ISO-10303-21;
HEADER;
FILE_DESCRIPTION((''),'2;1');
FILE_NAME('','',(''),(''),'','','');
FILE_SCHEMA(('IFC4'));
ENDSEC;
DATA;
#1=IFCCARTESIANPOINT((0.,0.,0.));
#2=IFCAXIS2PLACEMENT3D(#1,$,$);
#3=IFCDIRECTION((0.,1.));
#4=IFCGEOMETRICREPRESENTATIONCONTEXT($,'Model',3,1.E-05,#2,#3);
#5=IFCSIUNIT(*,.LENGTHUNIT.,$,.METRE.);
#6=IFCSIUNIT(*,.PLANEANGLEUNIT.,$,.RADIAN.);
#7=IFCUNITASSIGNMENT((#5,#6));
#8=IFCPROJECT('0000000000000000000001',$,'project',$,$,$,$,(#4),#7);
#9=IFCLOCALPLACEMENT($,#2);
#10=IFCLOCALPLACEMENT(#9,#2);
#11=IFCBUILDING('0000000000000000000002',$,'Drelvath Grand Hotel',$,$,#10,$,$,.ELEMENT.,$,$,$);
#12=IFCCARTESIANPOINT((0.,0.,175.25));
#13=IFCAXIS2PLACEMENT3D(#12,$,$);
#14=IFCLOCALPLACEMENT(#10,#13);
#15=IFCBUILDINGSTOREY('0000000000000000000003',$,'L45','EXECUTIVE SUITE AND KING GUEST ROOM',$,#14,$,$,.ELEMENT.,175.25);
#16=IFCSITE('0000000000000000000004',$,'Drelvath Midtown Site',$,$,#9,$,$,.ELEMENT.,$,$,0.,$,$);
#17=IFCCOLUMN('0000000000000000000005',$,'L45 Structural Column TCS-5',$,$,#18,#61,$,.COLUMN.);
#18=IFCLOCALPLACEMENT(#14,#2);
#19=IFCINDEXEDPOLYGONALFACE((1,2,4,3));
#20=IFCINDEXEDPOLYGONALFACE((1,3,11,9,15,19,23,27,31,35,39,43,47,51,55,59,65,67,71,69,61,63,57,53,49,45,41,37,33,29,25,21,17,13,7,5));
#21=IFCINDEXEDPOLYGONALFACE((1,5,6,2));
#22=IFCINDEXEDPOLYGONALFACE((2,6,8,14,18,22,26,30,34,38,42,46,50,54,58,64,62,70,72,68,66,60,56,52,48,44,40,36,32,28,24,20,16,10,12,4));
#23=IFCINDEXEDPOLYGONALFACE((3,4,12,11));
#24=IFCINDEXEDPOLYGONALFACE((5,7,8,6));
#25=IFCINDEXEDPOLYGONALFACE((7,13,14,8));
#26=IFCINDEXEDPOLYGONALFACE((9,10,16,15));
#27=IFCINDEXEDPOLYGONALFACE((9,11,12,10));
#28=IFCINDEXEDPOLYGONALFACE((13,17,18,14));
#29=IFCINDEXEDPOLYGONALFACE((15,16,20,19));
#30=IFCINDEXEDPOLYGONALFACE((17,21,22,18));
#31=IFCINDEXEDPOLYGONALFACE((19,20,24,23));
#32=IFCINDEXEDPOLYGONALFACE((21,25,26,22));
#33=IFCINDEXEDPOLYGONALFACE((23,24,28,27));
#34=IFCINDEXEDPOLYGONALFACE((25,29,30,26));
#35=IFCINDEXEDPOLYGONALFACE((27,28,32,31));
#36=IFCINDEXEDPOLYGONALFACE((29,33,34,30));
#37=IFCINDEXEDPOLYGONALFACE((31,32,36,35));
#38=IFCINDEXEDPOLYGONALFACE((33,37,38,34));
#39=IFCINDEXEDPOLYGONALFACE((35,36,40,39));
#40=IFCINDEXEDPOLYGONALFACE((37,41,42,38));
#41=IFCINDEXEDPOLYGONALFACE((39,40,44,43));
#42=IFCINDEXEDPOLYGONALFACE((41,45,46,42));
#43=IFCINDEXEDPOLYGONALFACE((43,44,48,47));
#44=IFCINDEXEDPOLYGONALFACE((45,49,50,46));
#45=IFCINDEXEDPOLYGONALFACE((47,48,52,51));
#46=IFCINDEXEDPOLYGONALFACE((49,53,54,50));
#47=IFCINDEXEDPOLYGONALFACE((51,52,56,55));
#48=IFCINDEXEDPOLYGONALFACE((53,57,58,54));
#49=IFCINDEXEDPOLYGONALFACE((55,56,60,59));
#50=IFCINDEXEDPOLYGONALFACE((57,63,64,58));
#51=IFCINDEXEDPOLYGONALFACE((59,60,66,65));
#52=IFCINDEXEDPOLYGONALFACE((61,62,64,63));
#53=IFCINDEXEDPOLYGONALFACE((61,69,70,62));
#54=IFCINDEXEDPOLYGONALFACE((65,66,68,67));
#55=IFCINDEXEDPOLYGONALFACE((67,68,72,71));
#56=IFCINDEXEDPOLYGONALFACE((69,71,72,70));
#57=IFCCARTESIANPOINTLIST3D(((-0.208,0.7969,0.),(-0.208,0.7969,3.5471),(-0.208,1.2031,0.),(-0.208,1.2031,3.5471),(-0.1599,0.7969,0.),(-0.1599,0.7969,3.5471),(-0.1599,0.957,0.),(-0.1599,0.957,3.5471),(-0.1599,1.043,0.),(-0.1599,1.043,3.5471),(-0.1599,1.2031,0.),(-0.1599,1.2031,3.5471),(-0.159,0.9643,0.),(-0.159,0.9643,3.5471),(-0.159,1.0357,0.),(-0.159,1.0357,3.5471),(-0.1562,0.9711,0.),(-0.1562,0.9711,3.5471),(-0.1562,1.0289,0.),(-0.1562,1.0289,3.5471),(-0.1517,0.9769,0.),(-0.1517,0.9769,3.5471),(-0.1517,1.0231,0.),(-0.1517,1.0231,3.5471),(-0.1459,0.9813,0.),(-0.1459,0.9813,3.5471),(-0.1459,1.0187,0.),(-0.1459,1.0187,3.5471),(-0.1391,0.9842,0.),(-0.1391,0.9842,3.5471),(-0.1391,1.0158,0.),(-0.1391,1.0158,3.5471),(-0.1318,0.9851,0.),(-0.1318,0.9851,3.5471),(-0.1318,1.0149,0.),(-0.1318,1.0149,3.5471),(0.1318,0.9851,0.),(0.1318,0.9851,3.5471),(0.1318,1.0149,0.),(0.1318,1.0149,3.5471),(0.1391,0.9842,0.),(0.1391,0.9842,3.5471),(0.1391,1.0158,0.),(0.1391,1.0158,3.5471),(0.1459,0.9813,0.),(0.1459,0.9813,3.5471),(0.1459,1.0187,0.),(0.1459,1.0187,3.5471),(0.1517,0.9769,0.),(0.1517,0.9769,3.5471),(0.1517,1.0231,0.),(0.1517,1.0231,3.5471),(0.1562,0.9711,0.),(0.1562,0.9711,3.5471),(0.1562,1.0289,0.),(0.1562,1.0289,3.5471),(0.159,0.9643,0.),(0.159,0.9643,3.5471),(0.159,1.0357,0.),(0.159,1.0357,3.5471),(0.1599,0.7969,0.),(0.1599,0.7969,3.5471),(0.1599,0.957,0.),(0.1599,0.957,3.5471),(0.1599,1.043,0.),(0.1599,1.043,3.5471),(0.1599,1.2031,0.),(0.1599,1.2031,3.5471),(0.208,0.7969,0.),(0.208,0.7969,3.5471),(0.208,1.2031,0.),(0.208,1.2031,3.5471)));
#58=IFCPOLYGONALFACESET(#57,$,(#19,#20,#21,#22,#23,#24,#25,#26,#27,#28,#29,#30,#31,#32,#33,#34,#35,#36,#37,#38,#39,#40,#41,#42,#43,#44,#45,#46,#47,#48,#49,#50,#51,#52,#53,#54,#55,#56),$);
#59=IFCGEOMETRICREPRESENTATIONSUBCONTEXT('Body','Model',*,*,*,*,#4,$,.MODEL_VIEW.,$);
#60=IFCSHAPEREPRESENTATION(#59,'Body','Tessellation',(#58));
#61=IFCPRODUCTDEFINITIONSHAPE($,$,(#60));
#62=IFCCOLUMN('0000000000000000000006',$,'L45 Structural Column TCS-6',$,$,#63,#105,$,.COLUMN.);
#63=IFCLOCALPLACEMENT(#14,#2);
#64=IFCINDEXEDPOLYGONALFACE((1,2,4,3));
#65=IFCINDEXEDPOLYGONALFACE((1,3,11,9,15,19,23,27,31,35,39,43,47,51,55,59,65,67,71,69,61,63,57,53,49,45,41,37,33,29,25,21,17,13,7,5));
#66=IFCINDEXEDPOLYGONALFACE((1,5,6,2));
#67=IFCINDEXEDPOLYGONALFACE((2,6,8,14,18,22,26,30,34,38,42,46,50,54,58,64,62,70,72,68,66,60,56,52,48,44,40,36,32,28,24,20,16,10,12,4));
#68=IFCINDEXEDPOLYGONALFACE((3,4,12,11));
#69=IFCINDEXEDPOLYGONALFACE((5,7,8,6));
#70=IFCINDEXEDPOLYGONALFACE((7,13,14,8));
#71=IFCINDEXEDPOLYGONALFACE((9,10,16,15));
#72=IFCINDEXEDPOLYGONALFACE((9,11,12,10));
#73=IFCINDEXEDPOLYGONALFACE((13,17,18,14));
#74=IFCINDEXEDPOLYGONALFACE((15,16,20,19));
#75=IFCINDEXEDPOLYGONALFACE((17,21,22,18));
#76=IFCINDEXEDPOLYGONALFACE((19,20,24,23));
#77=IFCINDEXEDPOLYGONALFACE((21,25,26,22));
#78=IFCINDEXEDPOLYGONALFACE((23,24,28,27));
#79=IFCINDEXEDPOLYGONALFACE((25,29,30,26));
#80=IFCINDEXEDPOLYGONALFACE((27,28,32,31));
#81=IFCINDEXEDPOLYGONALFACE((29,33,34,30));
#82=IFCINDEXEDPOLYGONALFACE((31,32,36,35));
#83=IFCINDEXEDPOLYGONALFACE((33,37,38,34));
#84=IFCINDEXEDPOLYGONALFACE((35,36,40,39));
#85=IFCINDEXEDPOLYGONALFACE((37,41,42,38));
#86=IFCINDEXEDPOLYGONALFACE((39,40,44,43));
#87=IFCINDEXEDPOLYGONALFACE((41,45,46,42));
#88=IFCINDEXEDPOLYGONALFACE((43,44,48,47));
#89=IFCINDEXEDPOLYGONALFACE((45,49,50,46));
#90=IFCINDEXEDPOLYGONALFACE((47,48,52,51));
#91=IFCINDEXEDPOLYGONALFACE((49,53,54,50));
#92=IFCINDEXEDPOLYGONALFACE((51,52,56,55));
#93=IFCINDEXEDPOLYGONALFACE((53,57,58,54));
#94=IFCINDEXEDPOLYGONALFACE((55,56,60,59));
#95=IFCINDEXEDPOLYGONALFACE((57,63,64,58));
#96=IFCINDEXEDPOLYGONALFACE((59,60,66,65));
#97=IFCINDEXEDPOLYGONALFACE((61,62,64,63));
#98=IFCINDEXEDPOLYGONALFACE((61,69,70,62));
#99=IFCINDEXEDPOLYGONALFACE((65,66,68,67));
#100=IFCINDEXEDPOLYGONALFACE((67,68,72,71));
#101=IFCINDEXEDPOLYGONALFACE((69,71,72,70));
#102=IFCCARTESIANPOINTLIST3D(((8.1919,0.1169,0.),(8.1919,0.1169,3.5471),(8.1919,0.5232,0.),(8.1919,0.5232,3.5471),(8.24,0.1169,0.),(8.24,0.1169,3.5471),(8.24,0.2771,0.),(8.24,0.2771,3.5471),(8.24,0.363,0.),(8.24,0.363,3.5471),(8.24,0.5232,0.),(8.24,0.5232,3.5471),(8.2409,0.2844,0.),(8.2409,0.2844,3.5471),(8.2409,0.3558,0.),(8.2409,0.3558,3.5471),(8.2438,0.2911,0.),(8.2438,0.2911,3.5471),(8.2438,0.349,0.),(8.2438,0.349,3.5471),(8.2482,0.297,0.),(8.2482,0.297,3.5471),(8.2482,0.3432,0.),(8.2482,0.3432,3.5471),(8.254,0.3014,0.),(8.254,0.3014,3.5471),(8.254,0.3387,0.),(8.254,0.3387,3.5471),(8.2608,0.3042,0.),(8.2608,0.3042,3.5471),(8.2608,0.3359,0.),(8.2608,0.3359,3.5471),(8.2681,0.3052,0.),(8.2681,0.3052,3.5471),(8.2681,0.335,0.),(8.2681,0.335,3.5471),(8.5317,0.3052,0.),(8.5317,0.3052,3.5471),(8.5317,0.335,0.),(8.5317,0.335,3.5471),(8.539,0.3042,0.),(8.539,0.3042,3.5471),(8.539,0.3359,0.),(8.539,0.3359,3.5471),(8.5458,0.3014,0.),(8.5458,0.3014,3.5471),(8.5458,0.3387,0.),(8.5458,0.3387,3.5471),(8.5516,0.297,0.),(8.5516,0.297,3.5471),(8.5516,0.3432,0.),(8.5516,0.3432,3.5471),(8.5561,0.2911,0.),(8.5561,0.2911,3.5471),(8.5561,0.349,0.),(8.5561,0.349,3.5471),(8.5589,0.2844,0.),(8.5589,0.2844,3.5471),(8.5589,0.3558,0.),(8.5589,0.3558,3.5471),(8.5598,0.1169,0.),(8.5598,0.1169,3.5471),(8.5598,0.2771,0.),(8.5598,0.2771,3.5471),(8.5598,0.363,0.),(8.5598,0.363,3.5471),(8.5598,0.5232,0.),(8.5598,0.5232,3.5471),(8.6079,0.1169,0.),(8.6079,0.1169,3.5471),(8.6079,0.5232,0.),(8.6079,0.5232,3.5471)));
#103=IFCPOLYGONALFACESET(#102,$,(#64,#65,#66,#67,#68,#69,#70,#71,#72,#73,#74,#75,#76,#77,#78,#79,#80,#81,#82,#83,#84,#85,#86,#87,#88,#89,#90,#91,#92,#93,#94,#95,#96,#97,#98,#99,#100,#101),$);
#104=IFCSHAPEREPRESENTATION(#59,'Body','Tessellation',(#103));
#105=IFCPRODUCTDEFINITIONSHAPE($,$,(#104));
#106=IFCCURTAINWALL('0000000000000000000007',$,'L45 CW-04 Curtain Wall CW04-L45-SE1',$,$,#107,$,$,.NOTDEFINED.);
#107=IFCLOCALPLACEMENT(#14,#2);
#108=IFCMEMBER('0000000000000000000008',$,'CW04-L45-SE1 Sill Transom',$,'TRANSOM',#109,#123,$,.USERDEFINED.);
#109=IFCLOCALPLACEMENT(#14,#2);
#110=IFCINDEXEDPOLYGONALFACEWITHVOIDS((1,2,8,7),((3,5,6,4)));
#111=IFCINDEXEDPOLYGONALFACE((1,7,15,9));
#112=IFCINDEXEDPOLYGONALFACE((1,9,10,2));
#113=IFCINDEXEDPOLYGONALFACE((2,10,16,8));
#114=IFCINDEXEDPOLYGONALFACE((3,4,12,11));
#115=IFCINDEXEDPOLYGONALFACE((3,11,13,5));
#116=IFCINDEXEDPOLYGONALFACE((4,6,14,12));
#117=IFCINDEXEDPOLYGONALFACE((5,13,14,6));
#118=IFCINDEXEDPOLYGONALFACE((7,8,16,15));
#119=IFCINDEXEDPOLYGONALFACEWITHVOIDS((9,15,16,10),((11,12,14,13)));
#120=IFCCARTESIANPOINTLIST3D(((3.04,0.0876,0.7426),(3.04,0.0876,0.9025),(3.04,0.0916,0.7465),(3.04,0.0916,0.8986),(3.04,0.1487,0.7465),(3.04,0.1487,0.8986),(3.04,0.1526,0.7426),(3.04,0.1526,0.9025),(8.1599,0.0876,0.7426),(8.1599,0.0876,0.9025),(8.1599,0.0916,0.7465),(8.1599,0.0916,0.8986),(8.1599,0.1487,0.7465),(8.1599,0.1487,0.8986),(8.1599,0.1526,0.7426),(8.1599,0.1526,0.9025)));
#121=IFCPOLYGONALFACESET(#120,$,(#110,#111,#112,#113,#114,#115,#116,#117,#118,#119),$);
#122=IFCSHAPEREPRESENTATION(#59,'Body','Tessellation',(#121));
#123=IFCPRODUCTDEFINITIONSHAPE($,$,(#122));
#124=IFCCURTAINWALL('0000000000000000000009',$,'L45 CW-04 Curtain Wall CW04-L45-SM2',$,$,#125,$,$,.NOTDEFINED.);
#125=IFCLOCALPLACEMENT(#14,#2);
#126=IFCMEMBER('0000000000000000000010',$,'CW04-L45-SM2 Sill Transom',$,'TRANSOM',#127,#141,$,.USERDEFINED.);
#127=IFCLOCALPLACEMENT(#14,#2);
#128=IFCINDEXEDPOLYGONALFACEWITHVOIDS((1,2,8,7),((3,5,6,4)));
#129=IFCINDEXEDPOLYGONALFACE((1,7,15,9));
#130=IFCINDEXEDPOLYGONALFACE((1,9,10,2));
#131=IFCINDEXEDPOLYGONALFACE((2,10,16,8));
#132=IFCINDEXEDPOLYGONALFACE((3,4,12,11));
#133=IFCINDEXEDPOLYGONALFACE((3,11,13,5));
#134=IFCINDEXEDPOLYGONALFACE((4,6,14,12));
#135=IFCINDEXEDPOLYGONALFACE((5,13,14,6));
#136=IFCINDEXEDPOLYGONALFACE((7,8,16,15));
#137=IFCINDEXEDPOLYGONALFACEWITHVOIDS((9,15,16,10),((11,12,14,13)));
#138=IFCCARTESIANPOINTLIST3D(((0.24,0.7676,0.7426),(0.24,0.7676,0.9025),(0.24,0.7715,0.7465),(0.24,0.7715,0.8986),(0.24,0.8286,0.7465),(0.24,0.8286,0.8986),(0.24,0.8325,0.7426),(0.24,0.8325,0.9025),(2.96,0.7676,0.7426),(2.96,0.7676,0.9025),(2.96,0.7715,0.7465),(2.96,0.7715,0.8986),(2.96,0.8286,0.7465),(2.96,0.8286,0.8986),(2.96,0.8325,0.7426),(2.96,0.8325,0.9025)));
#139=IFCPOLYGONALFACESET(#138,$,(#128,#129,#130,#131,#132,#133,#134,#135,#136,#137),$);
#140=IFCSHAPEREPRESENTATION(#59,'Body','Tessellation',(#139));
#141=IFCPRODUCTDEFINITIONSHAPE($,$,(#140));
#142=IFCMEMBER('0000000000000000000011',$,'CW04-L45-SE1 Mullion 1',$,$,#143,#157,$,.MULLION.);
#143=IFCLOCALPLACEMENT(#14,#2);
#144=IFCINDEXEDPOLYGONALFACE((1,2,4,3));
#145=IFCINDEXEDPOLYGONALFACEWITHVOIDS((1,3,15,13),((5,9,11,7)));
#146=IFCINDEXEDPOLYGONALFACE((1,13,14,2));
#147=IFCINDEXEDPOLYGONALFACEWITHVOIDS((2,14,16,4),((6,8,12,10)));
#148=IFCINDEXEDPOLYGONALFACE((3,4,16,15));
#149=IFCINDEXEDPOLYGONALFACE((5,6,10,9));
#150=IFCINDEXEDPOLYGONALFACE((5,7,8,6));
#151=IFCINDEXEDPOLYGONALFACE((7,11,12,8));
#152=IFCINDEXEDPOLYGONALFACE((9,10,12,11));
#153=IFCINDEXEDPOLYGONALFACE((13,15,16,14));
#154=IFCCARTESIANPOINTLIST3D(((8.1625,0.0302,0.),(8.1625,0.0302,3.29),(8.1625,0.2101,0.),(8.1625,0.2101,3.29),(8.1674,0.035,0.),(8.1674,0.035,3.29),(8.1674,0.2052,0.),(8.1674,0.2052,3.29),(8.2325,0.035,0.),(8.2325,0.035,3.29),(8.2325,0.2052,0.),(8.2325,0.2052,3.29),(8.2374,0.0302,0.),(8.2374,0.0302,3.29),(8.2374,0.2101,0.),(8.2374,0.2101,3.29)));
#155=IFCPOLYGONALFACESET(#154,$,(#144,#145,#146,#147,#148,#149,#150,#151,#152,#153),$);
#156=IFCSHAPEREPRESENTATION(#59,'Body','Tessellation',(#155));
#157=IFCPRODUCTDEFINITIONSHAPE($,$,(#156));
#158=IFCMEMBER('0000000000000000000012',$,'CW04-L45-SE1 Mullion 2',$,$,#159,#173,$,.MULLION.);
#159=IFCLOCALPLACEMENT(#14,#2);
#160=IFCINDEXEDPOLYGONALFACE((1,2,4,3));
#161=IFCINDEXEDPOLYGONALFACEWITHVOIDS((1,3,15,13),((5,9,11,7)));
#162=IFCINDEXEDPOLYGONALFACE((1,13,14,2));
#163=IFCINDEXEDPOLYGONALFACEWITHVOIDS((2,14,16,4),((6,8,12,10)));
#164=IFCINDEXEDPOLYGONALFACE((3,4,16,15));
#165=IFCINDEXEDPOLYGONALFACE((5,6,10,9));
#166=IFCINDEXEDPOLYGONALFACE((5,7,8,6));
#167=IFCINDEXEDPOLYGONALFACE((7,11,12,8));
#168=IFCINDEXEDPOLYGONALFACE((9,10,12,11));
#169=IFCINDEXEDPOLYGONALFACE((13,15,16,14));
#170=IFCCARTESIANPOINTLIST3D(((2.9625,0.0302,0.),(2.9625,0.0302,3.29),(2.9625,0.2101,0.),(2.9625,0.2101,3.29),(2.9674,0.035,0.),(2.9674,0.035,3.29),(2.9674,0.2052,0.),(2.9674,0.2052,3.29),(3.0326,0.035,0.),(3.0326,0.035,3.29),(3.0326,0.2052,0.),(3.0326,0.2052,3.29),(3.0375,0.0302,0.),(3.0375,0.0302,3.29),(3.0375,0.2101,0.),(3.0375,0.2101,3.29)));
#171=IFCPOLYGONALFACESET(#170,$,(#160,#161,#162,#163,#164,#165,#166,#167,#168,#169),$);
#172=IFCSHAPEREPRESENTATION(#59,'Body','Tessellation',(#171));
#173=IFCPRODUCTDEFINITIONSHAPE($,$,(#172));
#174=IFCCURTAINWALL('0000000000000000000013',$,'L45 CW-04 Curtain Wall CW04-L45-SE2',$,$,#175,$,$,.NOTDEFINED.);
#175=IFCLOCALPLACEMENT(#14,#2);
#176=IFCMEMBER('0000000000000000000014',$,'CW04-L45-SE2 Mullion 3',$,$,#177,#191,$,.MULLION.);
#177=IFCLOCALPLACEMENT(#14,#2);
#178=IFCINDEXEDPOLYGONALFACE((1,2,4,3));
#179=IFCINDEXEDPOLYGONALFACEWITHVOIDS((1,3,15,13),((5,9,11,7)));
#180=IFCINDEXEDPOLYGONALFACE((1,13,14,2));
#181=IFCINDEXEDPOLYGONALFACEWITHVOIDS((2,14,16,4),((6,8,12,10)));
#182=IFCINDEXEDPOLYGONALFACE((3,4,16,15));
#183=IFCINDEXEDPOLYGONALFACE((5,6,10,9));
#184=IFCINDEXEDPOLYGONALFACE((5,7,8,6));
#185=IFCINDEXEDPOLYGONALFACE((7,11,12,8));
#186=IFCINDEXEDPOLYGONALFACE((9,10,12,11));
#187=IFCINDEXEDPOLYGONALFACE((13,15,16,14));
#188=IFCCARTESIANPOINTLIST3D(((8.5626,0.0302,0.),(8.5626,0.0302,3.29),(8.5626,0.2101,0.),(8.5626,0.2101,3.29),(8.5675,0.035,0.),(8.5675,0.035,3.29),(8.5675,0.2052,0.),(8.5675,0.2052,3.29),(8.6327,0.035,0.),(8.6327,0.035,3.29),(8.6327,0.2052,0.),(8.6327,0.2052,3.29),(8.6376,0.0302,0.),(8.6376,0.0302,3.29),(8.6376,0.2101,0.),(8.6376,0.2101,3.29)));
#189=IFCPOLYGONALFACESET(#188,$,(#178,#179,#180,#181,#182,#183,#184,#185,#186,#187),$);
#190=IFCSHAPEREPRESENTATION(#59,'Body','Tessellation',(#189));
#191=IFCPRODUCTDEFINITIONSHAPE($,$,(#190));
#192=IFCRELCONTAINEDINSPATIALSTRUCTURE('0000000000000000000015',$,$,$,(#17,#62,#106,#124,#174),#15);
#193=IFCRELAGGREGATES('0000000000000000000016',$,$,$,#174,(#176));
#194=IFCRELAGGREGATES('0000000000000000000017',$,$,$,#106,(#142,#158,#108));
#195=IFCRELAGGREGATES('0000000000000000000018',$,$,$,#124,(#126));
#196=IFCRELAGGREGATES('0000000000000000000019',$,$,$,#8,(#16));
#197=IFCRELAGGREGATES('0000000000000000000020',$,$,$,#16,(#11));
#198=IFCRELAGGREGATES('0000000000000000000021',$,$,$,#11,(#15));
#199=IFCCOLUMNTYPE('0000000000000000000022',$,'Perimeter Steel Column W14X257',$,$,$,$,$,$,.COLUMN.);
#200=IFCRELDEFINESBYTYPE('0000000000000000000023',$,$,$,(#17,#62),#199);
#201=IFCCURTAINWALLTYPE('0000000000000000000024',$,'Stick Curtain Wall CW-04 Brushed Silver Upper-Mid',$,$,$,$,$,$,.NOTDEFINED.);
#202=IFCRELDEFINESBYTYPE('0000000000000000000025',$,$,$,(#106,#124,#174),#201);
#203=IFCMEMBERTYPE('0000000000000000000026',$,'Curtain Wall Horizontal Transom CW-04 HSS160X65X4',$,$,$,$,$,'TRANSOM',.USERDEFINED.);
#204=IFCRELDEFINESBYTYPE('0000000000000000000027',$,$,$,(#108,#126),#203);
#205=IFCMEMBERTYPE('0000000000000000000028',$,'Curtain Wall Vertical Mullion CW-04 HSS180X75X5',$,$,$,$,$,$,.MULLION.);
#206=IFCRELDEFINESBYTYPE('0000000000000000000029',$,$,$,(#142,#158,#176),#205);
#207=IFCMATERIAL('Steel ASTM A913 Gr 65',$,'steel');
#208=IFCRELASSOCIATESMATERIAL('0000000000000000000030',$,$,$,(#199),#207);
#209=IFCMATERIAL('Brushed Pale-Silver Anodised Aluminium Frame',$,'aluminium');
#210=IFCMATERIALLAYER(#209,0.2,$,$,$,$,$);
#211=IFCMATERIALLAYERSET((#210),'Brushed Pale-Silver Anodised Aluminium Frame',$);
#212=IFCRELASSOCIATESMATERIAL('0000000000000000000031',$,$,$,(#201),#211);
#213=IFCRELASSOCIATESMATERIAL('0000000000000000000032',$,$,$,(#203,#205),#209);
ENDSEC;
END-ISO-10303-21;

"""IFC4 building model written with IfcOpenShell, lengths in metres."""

from ifc_helpers import new_model, si_unit, direction, frame, origin, origin_2d, place, context, subcontext, project, spatial, hollow_rectangle, i_section, extrude, material, layer, layer_set, material_profile, profile_set, type_object, element, aggregate, save


model = new_model("IFC4")

# Units and contexts
model_context = context("Model", 3, precision=1e-05, world=origin(), true_north=direction((0.0, 1.0)))
body_context = subcontext(model_context, "Body", "Model", "MODEL_VIEW")
ifc_project = project(units=[si_unit("LENGTHUNIT", "METRE"), si_unit("PLANEANGLEUNIT", "RADIAN")], contexts=[model_context])

# Site, building, storey
site_placement = place(None, origin())
site = spatial("IfcSite", under=ifc_project, at=site_placement, Name="Drelvath Midtown Site", CompositionType="ELEMENT", RefElevation=0.0)
building_placement = place(site_placement, origin())
building = spatial("IfcBuilding", under=site, at=building_placement, Name="Drelvath Grand Hotel", CompositionType="ELEMENT")
storey_placement = place(building_placement, frame((0.0, 0.0, 175.25)))
storey = spatial("IfcBuildingStorey", under=building, at=storey_placement, Name="L45", Description="EXECUTIVE SUITE AND KING GUEST ROOM", CompositionType="ELEMENT", Elevation=175.25)

# Columns
ifc_material_1 = material(Name="Steel ASTM A913 Gr 65", Category="steel")
ifc_material_profile_1 = material_profile(ifc_material_1, i_section(OverallWidth=0.4062, OverallDepth=0.416, WebThickness=0.0298, FlangeThickness=0.0481, FilletRadius=0.0281, at=origin_2d()), Name="W14X257")
ifc_profile_set_1 = profile_set([ifc_material_profile_1], Name="Steel ASTM A913 Gr 65")
column_type = type_object("IfcColumnType", Name="Perimeter Steel Column W14X257", PredefinedType="COLUMN", material=ifc_profile_set_1)
for number, where, z_axis, x_axis, name in (
    (1, (0.0, 1.0, 0.0), (0.0, 0.0, 1.0), (0.0, 1.0, 0.0), "L45 Structural Column TCS-5"),
    (2, (8.3999, 0.3201, 0.0), (0.0, 0.0, 1.0), (0.0, 1.0, 0.0), "L45 Structural Column TCS-6"),
):
    element("IfcColumn", number, at=place(storey_placement, frame(where, z_axis=z_axis, x_axis=x_axis)), inside=storey, type_object=column_type, Name=name, PredefinedType="COLUMN", context=body_context, shape_type="SweptSolid", body=[
        extrude(i_section(OverallWidth=0.4062, OverallDepth=0.416, WebThickness=0.0298, FlangeThickness=0.0481, FilletRadius=0.0281, at=origin_2d()), origin(), (0.0, 0.0, 1.0), 3.5471),
    ])

# Curtain walls, members
ifc_material_2 = material(Name="Brushed Pale-Silver Anodised Aluminium Frame", Category="aluminium")
ifc_layer_1 = layer(ifc_material_2, 0.2)
ifc_layer_set_1 = layer_set([ifc_layer_1], Name="Brushed Pale-Silver Anodised Aluminium Frame")
curtain_wall_type = type_object("IfcCurtainWallType", Name="Stick Curtain Wall CW-04 Brushed Silver Upper-Mid", PredefinedType="NOTDEFINED", material=ifc_layer_set_1)
curtain_wall_1_placement = place(storey_placement, origin())
curtain_wall_1 = element("IfcCurtainWall", 3, at=curtain_wall_1_placement, inside=storey, type_object=curtain_wall_type, Name="L45 CW-04 Curtain Wall CW04-L45-SE1", PredefinedType="NOTDEFINED")
ifc_material_profile_2 = material_profile(ifc_material_2, hollow_rectangle(XDim=0.0649, YDim=0.1599, WallThickness=0.0039, at=origin_2d()), Name="HSS160X65X4")
ifc_profile_set_2 = profile_set([ifc_material_profile_2], Name="Brushed Pale-Silver Anodised Aluminium Frame")
member_type_1 = type_object("IfcMemberType", Name="Curtain Wall Horizontal Transom CW-04 HSS160X65X4", ElementType="TRANSOM", PredefinedType="USERDEFINED", material=ifc_profile_set_2)
member_1_placement = place(storey_placement, frame((8.1599, 0.1201, 0.8225), z_axis=(-1.0, 0.0, 0.0), x_axis=(0.0, -1.0, 0.0)))
member_1 = element("IfcMember", 4, at=member_1_placement, type_object=member_type_1, Name="CW04-L45-SE1 Sill Transom", ObjectType="TRANSOM", PredefinedType="USERDEFINED", context=body_context, shape_type="SweptSolid", body=[
    extrude(hollow_rectangle(XDim=0.0649, YDim=0.1599, WallThickness=0.0039, at=origin_2d()), origin(), (0.0, 0.0, 1.0), 5.1199),
])
curtain_wall_2_placement = place(storey_placement, origin())
curtain_wall_2 = element("IfcCurtainWall", 5, at=curtain_wall_2_placement, inside=storey, type_object=curtain_wall_type, Name="L45 CW-04 Curtain Wall CW04-L45-SM2", PredefinedType="NOTDEFINED")
member_2_placement = place(storey_placement, frame((2.96, 0.8, 0.8225), z_axis=(-1.0, 0.0, 0.0), x_axis=(0.0, -1.0, 0.0)))
member_2 = element("IfcMember", 6, at=member_2_placement, type_object=member_type_1, Name="CW04-L45-SM2 Sill Transom", ObjectType="TRANSOM", PredefinedType="USERDEFINED", context=body_context, shape_type="SweptSolid", body=[
    extrude(hollow_rectangle(XDim=0.0649, YDim=0.1599, WallThickness=0.0039, at=origin_2d()), origin(), (0.0, 0.0, 1.0), 2.72),
])

# Members
ifc_material_profile_3 = material_profile(ifc_material_2, hollow_rectangle(XDim=0.075, YDim=0.1799, WallThickness=0.0049, at=origin_2d()), Name="HSS180X75X5")
ifc_profile_set_3 = profile_set([ifc_material_profile_3], Name="Brushed Pale-Silver Anodised Aluminium Frame")
member_type_2 = type_object("IfcMemberType", Name="Curtain Wall Vertical Mullion CW-04 HSS180X75X5", PredefinedType="MULLION", material=ifc_profile_set_3)
member_3_placement = place(storey_placement, frame((8.2, 0.1201, 0.0), z_axis=(0.0, 0.0, 1.0), x_axis=(1.0, 0.0, 0.0)))
member_3 = element("IfcMember", 7, at=member_3_placement, type_object=member_type_2, Name="CW04-L45-SE1 Mullion 1", PredefinedType="MULLION", context=body_context, shape_type="SweptSolid", body=[
    extrude(hollow_rectangle(XDim=0.075, YDim=0.1799, WallThickness=0.0049, at=origin_2d()), origin(), (0.0, 0.0, 1.0), 3.29),
])
member_4_placement = place(storey_placement, frame((3.0, 0.1201, 0.0), z_axis=(0.0, 0.0, 1.0), x_axis=(1.0, 0.0, 0.0)))
member_4 = element("IfcMember", 8, at=member_4_placement, type_object=member_type_2, Name="CW04-L45-SE1 Mullion 2", PredefinedType="MULLION", context=body_context, shape_type="SweptSolid", body=[
    extrude(hollow_rectangle(XDim=0.075, YDim=0.1799, WallThickness=0.0049, at=origin_2d()), origin(), (0.0, 0.0, 1.0), 3.29),
])

# Curtain wall, member
curtain_wall_3_placement = place(storey_placement, origin())
curtain_wall_3 = element("IfcCurtainWall", 9, at=curtain_wall_3_placement, inside=storey, type_object=curtain_wall_type, Name="L45 CW-04 Curtain Wall CW04-L45-SE2", PredefinedType="NOTDEFINED")
member_5_placement = place(storey_placement, frame((8.6001, 0.1201, 0.0), z_axis=(0.0, 0.0, 1.0), x_axis=(1.0, 0.0, 0.0)))
member_5 = element("IfcMember", 10, at=member_5_placement, type_object=member_type_2, Name="CW04-L45-SE2 Mullion 3", PredefinedType="MULLION", context=body_context, shape_type="SweptSolid", body=[
    extrude(hollow_rectangle(XDim=0.075, YDim=0.1799, WallThickness=0.0049, at=origin_2d()), origin(), (0.0, 0.0, 1.0), 3.29),
])
aggregate(curtain_wall_3, [member_5])

aggregate(curtain_wall_1, [member_3, member_4, member_1])
aggregate(curtain_wall_2, [member_2])

save(model, "model.ifc")
